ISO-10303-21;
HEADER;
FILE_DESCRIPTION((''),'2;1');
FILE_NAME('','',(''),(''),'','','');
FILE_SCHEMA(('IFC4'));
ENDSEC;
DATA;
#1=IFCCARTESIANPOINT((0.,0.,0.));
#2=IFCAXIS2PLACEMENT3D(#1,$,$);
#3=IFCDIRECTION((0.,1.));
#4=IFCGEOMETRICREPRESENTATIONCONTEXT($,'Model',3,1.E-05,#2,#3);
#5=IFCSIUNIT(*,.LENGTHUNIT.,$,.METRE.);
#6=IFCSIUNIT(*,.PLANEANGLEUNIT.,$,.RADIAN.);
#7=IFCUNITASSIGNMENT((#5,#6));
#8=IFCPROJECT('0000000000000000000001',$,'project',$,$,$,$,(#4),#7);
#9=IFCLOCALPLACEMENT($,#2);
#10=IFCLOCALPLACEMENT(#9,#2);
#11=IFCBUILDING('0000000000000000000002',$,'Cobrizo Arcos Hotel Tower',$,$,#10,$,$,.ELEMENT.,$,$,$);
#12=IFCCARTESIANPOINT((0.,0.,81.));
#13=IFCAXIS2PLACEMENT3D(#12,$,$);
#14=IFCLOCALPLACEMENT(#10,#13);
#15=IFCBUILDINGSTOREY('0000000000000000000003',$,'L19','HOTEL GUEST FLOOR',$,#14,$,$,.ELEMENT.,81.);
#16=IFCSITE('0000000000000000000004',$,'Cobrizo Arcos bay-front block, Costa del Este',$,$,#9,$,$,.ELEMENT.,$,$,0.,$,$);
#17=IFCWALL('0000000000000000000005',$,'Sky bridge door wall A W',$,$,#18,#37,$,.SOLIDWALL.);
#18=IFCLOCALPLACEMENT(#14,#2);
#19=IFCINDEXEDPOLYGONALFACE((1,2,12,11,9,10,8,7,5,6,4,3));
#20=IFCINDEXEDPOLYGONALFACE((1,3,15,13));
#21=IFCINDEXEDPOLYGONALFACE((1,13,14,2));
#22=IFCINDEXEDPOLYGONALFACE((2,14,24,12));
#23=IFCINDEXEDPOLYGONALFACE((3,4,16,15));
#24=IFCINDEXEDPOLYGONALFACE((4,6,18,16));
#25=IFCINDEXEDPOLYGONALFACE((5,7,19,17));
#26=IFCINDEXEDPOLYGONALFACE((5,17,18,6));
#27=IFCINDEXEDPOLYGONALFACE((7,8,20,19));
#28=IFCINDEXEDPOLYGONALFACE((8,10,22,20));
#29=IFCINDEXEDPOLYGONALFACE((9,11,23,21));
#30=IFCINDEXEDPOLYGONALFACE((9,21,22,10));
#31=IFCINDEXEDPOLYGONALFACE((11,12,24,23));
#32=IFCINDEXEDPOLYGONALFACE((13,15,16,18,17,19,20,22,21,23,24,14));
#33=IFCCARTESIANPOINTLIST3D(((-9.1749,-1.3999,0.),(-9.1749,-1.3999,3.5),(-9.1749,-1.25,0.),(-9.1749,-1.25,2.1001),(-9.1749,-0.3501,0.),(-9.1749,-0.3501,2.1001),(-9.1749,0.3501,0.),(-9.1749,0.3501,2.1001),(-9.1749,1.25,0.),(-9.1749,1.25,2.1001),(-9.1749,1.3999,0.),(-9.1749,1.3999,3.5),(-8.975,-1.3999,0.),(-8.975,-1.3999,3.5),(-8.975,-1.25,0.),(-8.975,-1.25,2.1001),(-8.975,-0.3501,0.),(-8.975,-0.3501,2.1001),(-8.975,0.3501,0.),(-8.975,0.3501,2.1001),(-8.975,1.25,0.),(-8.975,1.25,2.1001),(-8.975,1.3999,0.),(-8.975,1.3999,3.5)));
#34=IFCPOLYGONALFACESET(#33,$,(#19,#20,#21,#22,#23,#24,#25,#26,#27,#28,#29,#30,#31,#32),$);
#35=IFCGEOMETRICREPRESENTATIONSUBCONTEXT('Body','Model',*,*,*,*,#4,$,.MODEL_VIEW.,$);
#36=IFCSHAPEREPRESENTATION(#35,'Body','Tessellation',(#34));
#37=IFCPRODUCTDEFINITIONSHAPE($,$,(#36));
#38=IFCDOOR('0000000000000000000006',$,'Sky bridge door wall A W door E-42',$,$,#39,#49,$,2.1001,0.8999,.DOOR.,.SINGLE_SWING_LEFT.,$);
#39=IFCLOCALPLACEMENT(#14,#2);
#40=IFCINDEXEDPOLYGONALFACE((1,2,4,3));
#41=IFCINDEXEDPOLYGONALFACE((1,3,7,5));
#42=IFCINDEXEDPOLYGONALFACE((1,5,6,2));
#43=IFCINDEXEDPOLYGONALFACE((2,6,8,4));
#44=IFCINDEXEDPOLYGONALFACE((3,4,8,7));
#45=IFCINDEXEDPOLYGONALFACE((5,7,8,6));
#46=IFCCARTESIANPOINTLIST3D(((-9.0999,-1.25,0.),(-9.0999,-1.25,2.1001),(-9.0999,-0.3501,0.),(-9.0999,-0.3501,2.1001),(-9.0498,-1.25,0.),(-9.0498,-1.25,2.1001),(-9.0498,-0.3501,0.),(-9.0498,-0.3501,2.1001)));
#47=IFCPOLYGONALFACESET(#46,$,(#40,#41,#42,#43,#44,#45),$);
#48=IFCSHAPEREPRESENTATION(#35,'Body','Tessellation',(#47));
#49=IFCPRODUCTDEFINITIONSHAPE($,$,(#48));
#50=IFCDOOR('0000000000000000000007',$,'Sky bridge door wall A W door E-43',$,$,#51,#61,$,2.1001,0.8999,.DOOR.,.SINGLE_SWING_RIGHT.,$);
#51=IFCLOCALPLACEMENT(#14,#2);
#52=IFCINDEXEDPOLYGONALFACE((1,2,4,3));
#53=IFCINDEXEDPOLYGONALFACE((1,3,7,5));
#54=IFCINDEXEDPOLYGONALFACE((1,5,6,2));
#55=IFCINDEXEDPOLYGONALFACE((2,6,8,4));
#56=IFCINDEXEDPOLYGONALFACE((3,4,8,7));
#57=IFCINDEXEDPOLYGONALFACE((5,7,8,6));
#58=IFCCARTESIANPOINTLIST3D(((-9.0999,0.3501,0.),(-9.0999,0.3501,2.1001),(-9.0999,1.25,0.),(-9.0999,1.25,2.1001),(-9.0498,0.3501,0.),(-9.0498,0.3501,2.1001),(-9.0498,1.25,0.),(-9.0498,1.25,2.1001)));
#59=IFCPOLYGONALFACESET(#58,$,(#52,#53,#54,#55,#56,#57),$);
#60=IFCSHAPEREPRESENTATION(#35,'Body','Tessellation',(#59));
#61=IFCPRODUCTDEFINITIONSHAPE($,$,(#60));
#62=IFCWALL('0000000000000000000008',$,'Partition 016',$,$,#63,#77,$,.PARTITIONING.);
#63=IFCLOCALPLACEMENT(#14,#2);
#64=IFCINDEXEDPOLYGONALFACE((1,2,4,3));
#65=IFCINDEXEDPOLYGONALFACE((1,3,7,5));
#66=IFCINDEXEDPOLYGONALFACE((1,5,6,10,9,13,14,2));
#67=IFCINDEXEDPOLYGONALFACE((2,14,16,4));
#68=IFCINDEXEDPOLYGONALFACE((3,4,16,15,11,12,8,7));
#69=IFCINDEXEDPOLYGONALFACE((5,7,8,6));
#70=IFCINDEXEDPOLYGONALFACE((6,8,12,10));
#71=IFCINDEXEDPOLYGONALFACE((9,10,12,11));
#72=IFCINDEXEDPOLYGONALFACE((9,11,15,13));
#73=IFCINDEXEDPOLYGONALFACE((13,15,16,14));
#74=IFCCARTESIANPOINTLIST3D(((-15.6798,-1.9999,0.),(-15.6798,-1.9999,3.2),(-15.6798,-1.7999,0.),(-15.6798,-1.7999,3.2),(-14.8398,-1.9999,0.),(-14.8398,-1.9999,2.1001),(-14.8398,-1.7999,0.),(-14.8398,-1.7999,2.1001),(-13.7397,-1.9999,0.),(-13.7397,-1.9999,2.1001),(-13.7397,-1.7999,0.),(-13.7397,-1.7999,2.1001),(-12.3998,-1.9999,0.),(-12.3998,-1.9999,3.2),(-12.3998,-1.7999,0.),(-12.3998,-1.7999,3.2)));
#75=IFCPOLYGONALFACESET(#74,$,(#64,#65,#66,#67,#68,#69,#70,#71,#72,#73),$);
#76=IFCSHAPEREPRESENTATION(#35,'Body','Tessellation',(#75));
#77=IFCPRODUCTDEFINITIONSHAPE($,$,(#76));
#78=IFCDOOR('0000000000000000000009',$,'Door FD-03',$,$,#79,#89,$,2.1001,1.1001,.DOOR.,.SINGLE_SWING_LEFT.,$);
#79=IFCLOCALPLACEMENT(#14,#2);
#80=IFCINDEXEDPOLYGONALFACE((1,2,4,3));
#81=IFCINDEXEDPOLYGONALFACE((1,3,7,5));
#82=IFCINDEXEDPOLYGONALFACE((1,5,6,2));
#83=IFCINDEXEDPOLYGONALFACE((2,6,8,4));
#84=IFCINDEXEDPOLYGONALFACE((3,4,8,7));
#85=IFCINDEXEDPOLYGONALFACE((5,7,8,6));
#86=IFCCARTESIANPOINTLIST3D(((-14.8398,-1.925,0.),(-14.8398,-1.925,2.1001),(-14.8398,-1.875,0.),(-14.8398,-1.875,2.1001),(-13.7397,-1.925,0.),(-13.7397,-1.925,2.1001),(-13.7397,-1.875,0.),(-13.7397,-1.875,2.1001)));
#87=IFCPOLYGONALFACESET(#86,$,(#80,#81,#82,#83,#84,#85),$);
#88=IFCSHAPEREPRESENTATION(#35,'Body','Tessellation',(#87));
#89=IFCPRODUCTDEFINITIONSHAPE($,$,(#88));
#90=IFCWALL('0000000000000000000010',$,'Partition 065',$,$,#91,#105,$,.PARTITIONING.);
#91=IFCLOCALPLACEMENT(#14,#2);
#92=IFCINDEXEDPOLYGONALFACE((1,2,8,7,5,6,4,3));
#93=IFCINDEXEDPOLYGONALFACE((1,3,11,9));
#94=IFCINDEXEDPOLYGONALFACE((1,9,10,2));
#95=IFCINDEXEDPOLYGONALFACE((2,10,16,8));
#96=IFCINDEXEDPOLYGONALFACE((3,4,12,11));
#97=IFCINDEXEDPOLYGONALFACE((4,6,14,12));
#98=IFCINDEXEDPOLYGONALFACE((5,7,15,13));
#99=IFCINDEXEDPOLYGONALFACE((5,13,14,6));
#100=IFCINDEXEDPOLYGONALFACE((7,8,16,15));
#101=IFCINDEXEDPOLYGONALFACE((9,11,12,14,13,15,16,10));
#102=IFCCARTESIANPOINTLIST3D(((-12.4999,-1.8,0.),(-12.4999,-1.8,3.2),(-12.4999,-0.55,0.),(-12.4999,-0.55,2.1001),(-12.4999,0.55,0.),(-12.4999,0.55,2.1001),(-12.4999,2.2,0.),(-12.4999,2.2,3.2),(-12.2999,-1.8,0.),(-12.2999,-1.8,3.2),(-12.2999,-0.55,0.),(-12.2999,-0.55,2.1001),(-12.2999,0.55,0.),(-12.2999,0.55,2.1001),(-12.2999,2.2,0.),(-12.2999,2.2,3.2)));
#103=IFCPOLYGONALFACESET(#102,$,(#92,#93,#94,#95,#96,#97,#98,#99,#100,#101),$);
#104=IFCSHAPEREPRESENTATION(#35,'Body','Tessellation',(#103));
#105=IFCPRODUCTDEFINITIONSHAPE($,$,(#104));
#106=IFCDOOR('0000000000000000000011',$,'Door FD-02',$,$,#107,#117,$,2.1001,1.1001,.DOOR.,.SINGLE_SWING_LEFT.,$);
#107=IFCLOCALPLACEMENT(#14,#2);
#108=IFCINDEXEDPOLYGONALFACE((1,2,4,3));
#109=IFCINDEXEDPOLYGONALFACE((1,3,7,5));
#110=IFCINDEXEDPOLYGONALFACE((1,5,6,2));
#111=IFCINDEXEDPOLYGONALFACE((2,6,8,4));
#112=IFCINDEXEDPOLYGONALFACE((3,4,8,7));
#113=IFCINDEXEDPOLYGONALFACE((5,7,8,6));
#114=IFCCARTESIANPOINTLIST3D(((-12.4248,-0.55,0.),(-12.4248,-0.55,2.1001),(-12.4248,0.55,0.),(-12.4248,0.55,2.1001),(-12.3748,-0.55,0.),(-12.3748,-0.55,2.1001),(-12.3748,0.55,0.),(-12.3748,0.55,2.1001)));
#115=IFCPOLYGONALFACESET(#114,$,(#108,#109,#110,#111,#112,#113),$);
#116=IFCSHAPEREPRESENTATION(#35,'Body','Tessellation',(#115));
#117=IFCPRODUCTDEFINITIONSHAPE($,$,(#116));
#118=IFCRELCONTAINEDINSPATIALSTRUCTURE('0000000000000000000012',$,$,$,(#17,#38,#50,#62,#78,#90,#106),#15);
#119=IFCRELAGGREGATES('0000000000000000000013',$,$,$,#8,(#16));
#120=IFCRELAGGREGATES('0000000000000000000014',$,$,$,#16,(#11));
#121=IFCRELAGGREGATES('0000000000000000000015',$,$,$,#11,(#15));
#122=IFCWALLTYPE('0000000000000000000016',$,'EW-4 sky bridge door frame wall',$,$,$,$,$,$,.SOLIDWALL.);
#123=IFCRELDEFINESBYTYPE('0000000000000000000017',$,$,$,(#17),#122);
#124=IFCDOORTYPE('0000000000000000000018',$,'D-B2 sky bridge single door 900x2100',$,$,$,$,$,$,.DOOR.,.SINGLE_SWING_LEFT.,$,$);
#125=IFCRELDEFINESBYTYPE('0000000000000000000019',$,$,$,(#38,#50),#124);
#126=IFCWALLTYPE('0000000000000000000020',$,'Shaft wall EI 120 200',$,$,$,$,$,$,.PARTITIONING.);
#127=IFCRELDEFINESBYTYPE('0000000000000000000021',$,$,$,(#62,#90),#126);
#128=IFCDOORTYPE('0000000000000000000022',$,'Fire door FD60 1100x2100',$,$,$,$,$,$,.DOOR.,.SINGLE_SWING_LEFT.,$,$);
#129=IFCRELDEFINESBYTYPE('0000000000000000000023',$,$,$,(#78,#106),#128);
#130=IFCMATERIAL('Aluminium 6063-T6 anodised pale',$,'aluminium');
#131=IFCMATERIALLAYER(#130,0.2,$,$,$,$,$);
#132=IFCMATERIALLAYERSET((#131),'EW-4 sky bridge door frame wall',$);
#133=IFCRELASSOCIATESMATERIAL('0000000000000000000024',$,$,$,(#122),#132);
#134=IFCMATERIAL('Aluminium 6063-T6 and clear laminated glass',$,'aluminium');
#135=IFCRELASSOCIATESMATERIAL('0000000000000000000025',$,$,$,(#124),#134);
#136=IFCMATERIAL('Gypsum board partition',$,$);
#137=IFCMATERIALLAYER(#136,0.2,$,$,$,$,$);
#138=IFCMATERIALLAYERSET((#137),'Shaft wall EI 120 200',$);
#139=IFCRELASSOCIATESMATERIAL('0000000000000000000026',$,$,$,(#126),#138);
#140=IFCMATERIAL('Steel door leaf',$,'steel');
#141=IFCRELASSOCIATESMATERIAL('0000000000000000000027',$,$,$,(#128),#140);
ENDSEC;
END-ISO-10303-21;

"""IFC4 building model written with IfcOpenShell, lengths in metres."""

from ifc_helpers import new_model, si_unit, direction, frame, frame_2d, origin, place, context, subcontext, project, spatial, rectangle, extrude, material, layer, layer_set, type_object, element, fill, save


model = new_model("IFC4")

# Units and contexts
model_context = context("Model", 3, precision=1e-05, world=origin(), true_north=direction((0.0, 1.0)))
body_context = subcontext(model_context, "Body", "Model", "MODEL_VIEW")
ifc_project = project(units=[si_unit("LENGTHUNIT", "METRE"), si_unit("PLANEANGLEUNIT", "RADIAN")], contexts=[model_context])

# Site, building, storey
site_placement = place(None, origin())
site = spatial("IfcSite", under=ifc_project, at=site_placement, Name="Cobrizo Arcos bay-front block, Costa del Este", CompositionType="ELEMENT", RefElevation=0.0)
building_placement = place(site_placement, origin())
building = spatial("IfcBuilding", under=site, at=building_placement, Name="Cobrizo Arcos Hotel Tower", CompositionType="ELEMENT")
storey_placement = place(building_placement, frame((0.0, 0.0, 81.0)))
storey = spatial("IfcBuildingStorey", under=building, at=storey_placement, Name="L19", Description="HOTEL GUEST FLOOR", CompositionType="ELEMENT", Elevation=81.0)

# Shared definitions
ifc_material_1 = material(Name="Gypsum board partition")

# Wall, openings, doors
ifc_material_2 = material(Name="Aluminium 6063-T6 anodised pale", Category="aluminium")
ifc_layer_1 = layer(ifc_material_2, 0.2)
ifc_layer_set_1 = layer_set([ifc_layer_1], Name="EW-4 sky bridge door frame wall")
wall_type_1 = type_object("IfcWallType", Name="EW-4 sky bridge door frame wall", PredefinedType="SOLIDWALL", material=ifc_layer_set_1)
wall_1_placement = place(storey_placement, frame((-9.075, -1.3999, 0.0), z_axis=(0.0, 0.0, 1.0), x_axis=(0.0, 1.0, 0.0)))
wall_1 = element("IfcWall", 1, at=wall_1_placement, inside=storey, type_object=wall_type_1, Name="Sky bridge door wall A W", PredefinedType="SOLIDWALL", context=body_context, shape_type="SweptSolid", body=[
    extrude(rectangle(XDim=2.7998, YDim=0.2, at=frame_2d((1.3999, 0.0))), origin(), (0.0, 0.0, 1.0), 3.5),
])
opening_1_placement = place(wall_1_placement, frame((0.1499, 0.0, 0.0)))
opening_1 = element("IfcOpeningElement", 2, at=opening_1_placement, cuts=wall_1, PredefinedType="OPENING", context=body_context, shape_type="SweptSolid", body=[
    extrude(rectangle(XDim=0.8999, YDim=2.1001, at=frame_2d((0.45, 1.05))), frame((0.0, 0.1121, 0.0), z_axis=(0.0, -1.0, 0.0), x_axis=(1.0, 0.0, 0.0)), (0.0, 0.0, 1.0), 0.2239),
])
opening_2_placement = place(wall_1_placement, frame((1.75, 0.0, 0.0)))
opening_2 = element("IfcOpeningElement", 3, at=opening_2_placement, cuts=wall_1, PredefinedType="OPENING", context=body_context, shape_type="SweptSolid", body=[
    extrude(rectangle(XDim=0.8999, YDim=2.1001, at=frame_2d((0.45, 1.05))), frame((0.0, 0.1121, 0.0), z_axis=(0.0, -1.0, 0.0), x_axis=(1.0, 0.0, 0.0)), (0.0, 0.0, 1.0), 0.2239),
])
ifc_material_3 = material(Name="Aluminium 6063-T6 and clear laminated glass", Category="aluminium")
door_type_1 = type_object("IfcDoorType", Name="D-B2 sky bridge single door 900x2100", OperationType="SINGLE_SWING_LEFT", PredefinedType="DOOR", material=ifc_material_3)
door_1_placement = place(opening_1_placement, origin())
door_1 = element("IfcDoor", 4, at=door_1_placement, inside=storey, type_object=door_type_1, Name="Sky bridge door wall A W door E-42", OperationType="SINGLE_SWING_LEFT", OverallHeight=2.1001, OverallWidth=0.8999, PredefinedType="DOOR", context=body_context, shape_type="SweptSolid", body=[
    extrude(rectangle(XDim=0.8999, YDim=2.1001, at=frame_2d((0.45, 1.05))), frame((0.0, 0.0249, 0.0), z_axis=(0.0, -1.0, 0.0), x_axis=(1.0, 0.0, 0.0)), (0.0, 0.0, 1.0), 0.05),
])
fill(opening_1, door_1)
door_2_placement = place(opening_2_placement, origin())
door_2 = element("IfcDoor", 5, at=door_2_placement, inside=storey, type_object=door_type_1, Name="Sky bridge door wall A W door E-43", OperationType="SINGLE_SWING_RIGHT", OverallHeight=2.1001, OverallWidth=0.8999, PredefinedType="DOOR", context=body_context, shape_type="SweptSolid", body=[
    extrude(rectangle(XDim=0.8999, YDim=2.1001, at=frame_2d((0.45, 1.05))), frame((0.0, 0.0249, 0.0), z_axis=(0.0, -1.0, 0.0), x_axis=(1.0, 0.0, 0.0)), (0.0, 0.0, 1.0), 0.05),
])
fill(opening_2, door_2)

# Walls, openings, doors
ifc_layer_2 = layer(ifc_material_1, 0.2)
ifc_layer_set_2 = layer_set([ifc_layer_2], Name="Shaft wall EI 120 200")
wall_type_2 = type_object("IfcWallType", Name="Shaft wall EI 120 200", PredefinedType="PARTITIONING", material=ifc_layer_set_2)
wall_2_placement = place(storey_placement, frame((-15.6799, -1.8999, 0.0), z_axis=(0.0, 0.0, 1.0), x_axis=(1.0, 0.0, 0.0)))
wall_2 = element("IfcWall", 6, at=wall_2_placement, inside=storey, type_object=wall_type_2, Name="Partition 016", PredefinedType="PARTITIONING", context=body_context, shape_type="SweptSolid", body=[
    extrude(rectangle(XDim=3.28, YDim=0.2, at=frame_2d((1.6401, 0.0))), origin(), (0.0, 0.0, 1.0), 3.2),
])
opening_3_placement = place(wall_2_placement, frame((0.8401, 0.0, 0.0)))
opening_3 = element("IfcOpeningElement", 7, at=opening_3_placement, cuts=wall_2, PredefinedType="OPENING", context=body_context, shape_type="SweptSolid", body=[
    extrude(rectangle(XDim=1.1001, YDim=2.1001, at=frame_2d((0.55, 1.05))), frame((0.0, 0.1121, 0.0), z_axis=(0.0, -1.0, 0.0), x_axis=(1.0, 0.0, 0.0)), (0.0, 0.0, 1.0), 0.2239),
])
ifc_material_4 = material(Name="Steel door leaf", Category="steel")
door_type_2 = type_object("IfcDoorType", Name="Fire door FD60 1100x2100", OperationType="SINGLE_SWING_LEFT", PredefinedType="DOOR", material=ifc_material_4)
door_3_placement = place(opening_3_placement, origin())
door_3 = element("IfcDoor", 8, at=door_3_placement, inside=storey, type_object=door_type_2, Name="Door FD-03", OperationType="SINGLE_SWING_LEFT", OverallHeight=2.1001, OverallWidth=1.1001, PredefinedType="DOOR", context=body_context, shape_type="SweptSolid", body=[
    extrude(rectangle(XDim=1.1001, YDim=2.1001, at=frame_2d((0.55, 1.05))), frame((0.0, 0.0249, 0.0), z_axis=(0.0, -1.0, 0.0), x_axis=(1.0, 0.0, 0.0)), (0.0, 0.0, 1.0), 0.05),
])
fill(opening_3, door_3)
wall_3_placement = place(storey_placement, frame((-12.3999, -1.8, 0.0), z_axis=(0.0, 0.0, 1.0), x_axis=(0.0, 1.0, 0.0)))
wall_3 = element("IfcWall", 9, at=wall_3_placement, inside=storey, type_object=wall_type_2, Name="Partition 065", PredefinedType="PARTITIONING", context=body_context, shape_type="SweptSolid", body=[
    extrude(rectangle(XDim=4.0, YDim=0.2, at=frame_2d((2.0, 0.0))), origin(), (0.0, 0.0, 1.0), 3.2),
])
opening_4_placement = place(wall_3_placement, frame((1.25, 0.0, 0.0)))
opening_4 = element("IfcOpeningElement", 10, at=opening_4_placement, cuts=wall_3, PredefinedType="OPENING", context=body_context, shape_type="SweptSolid", body=[
    extrude(rectangle(XDim=1.1001, YDim=2.1001, at=frame_2d((0.55, 1.05))), frame((0.0, 0.1121, 0.0), z_axis=(0.0, -1.0, 0.0), x_axis=(1.0, 0.0, 0.0)), (0.0, 0.0, 1.0), 0.2239),
])
door_4_placement = place(opening_4_placement, origin())
door_4 = element("IfcDoor", 11, at=door_4_placement, inside=storey, type_object=door_type_2, Name="Door FD-02", OperationType="SINGLE_SWING_LEFT", OverallHeight=2.1001, OverallWidth=1.1001, PredefinedType="DOOR", context=body_context, shape_type="SweptSolid", body=[
    extrude(rectangle(XDim=1.1001, YDim=2.1001, at=frame_2d((0.55, 1.05))), frame((0.0, 0.0249, 0.0), z_axis=(0.0, -1.0, 0.0), x_axis=(1.0, 0.0, 0.0)), (0.0, 0.0, 1.0), 0.05),
])
fill(opening_4, door_4)

save(model, "model.ifc")
